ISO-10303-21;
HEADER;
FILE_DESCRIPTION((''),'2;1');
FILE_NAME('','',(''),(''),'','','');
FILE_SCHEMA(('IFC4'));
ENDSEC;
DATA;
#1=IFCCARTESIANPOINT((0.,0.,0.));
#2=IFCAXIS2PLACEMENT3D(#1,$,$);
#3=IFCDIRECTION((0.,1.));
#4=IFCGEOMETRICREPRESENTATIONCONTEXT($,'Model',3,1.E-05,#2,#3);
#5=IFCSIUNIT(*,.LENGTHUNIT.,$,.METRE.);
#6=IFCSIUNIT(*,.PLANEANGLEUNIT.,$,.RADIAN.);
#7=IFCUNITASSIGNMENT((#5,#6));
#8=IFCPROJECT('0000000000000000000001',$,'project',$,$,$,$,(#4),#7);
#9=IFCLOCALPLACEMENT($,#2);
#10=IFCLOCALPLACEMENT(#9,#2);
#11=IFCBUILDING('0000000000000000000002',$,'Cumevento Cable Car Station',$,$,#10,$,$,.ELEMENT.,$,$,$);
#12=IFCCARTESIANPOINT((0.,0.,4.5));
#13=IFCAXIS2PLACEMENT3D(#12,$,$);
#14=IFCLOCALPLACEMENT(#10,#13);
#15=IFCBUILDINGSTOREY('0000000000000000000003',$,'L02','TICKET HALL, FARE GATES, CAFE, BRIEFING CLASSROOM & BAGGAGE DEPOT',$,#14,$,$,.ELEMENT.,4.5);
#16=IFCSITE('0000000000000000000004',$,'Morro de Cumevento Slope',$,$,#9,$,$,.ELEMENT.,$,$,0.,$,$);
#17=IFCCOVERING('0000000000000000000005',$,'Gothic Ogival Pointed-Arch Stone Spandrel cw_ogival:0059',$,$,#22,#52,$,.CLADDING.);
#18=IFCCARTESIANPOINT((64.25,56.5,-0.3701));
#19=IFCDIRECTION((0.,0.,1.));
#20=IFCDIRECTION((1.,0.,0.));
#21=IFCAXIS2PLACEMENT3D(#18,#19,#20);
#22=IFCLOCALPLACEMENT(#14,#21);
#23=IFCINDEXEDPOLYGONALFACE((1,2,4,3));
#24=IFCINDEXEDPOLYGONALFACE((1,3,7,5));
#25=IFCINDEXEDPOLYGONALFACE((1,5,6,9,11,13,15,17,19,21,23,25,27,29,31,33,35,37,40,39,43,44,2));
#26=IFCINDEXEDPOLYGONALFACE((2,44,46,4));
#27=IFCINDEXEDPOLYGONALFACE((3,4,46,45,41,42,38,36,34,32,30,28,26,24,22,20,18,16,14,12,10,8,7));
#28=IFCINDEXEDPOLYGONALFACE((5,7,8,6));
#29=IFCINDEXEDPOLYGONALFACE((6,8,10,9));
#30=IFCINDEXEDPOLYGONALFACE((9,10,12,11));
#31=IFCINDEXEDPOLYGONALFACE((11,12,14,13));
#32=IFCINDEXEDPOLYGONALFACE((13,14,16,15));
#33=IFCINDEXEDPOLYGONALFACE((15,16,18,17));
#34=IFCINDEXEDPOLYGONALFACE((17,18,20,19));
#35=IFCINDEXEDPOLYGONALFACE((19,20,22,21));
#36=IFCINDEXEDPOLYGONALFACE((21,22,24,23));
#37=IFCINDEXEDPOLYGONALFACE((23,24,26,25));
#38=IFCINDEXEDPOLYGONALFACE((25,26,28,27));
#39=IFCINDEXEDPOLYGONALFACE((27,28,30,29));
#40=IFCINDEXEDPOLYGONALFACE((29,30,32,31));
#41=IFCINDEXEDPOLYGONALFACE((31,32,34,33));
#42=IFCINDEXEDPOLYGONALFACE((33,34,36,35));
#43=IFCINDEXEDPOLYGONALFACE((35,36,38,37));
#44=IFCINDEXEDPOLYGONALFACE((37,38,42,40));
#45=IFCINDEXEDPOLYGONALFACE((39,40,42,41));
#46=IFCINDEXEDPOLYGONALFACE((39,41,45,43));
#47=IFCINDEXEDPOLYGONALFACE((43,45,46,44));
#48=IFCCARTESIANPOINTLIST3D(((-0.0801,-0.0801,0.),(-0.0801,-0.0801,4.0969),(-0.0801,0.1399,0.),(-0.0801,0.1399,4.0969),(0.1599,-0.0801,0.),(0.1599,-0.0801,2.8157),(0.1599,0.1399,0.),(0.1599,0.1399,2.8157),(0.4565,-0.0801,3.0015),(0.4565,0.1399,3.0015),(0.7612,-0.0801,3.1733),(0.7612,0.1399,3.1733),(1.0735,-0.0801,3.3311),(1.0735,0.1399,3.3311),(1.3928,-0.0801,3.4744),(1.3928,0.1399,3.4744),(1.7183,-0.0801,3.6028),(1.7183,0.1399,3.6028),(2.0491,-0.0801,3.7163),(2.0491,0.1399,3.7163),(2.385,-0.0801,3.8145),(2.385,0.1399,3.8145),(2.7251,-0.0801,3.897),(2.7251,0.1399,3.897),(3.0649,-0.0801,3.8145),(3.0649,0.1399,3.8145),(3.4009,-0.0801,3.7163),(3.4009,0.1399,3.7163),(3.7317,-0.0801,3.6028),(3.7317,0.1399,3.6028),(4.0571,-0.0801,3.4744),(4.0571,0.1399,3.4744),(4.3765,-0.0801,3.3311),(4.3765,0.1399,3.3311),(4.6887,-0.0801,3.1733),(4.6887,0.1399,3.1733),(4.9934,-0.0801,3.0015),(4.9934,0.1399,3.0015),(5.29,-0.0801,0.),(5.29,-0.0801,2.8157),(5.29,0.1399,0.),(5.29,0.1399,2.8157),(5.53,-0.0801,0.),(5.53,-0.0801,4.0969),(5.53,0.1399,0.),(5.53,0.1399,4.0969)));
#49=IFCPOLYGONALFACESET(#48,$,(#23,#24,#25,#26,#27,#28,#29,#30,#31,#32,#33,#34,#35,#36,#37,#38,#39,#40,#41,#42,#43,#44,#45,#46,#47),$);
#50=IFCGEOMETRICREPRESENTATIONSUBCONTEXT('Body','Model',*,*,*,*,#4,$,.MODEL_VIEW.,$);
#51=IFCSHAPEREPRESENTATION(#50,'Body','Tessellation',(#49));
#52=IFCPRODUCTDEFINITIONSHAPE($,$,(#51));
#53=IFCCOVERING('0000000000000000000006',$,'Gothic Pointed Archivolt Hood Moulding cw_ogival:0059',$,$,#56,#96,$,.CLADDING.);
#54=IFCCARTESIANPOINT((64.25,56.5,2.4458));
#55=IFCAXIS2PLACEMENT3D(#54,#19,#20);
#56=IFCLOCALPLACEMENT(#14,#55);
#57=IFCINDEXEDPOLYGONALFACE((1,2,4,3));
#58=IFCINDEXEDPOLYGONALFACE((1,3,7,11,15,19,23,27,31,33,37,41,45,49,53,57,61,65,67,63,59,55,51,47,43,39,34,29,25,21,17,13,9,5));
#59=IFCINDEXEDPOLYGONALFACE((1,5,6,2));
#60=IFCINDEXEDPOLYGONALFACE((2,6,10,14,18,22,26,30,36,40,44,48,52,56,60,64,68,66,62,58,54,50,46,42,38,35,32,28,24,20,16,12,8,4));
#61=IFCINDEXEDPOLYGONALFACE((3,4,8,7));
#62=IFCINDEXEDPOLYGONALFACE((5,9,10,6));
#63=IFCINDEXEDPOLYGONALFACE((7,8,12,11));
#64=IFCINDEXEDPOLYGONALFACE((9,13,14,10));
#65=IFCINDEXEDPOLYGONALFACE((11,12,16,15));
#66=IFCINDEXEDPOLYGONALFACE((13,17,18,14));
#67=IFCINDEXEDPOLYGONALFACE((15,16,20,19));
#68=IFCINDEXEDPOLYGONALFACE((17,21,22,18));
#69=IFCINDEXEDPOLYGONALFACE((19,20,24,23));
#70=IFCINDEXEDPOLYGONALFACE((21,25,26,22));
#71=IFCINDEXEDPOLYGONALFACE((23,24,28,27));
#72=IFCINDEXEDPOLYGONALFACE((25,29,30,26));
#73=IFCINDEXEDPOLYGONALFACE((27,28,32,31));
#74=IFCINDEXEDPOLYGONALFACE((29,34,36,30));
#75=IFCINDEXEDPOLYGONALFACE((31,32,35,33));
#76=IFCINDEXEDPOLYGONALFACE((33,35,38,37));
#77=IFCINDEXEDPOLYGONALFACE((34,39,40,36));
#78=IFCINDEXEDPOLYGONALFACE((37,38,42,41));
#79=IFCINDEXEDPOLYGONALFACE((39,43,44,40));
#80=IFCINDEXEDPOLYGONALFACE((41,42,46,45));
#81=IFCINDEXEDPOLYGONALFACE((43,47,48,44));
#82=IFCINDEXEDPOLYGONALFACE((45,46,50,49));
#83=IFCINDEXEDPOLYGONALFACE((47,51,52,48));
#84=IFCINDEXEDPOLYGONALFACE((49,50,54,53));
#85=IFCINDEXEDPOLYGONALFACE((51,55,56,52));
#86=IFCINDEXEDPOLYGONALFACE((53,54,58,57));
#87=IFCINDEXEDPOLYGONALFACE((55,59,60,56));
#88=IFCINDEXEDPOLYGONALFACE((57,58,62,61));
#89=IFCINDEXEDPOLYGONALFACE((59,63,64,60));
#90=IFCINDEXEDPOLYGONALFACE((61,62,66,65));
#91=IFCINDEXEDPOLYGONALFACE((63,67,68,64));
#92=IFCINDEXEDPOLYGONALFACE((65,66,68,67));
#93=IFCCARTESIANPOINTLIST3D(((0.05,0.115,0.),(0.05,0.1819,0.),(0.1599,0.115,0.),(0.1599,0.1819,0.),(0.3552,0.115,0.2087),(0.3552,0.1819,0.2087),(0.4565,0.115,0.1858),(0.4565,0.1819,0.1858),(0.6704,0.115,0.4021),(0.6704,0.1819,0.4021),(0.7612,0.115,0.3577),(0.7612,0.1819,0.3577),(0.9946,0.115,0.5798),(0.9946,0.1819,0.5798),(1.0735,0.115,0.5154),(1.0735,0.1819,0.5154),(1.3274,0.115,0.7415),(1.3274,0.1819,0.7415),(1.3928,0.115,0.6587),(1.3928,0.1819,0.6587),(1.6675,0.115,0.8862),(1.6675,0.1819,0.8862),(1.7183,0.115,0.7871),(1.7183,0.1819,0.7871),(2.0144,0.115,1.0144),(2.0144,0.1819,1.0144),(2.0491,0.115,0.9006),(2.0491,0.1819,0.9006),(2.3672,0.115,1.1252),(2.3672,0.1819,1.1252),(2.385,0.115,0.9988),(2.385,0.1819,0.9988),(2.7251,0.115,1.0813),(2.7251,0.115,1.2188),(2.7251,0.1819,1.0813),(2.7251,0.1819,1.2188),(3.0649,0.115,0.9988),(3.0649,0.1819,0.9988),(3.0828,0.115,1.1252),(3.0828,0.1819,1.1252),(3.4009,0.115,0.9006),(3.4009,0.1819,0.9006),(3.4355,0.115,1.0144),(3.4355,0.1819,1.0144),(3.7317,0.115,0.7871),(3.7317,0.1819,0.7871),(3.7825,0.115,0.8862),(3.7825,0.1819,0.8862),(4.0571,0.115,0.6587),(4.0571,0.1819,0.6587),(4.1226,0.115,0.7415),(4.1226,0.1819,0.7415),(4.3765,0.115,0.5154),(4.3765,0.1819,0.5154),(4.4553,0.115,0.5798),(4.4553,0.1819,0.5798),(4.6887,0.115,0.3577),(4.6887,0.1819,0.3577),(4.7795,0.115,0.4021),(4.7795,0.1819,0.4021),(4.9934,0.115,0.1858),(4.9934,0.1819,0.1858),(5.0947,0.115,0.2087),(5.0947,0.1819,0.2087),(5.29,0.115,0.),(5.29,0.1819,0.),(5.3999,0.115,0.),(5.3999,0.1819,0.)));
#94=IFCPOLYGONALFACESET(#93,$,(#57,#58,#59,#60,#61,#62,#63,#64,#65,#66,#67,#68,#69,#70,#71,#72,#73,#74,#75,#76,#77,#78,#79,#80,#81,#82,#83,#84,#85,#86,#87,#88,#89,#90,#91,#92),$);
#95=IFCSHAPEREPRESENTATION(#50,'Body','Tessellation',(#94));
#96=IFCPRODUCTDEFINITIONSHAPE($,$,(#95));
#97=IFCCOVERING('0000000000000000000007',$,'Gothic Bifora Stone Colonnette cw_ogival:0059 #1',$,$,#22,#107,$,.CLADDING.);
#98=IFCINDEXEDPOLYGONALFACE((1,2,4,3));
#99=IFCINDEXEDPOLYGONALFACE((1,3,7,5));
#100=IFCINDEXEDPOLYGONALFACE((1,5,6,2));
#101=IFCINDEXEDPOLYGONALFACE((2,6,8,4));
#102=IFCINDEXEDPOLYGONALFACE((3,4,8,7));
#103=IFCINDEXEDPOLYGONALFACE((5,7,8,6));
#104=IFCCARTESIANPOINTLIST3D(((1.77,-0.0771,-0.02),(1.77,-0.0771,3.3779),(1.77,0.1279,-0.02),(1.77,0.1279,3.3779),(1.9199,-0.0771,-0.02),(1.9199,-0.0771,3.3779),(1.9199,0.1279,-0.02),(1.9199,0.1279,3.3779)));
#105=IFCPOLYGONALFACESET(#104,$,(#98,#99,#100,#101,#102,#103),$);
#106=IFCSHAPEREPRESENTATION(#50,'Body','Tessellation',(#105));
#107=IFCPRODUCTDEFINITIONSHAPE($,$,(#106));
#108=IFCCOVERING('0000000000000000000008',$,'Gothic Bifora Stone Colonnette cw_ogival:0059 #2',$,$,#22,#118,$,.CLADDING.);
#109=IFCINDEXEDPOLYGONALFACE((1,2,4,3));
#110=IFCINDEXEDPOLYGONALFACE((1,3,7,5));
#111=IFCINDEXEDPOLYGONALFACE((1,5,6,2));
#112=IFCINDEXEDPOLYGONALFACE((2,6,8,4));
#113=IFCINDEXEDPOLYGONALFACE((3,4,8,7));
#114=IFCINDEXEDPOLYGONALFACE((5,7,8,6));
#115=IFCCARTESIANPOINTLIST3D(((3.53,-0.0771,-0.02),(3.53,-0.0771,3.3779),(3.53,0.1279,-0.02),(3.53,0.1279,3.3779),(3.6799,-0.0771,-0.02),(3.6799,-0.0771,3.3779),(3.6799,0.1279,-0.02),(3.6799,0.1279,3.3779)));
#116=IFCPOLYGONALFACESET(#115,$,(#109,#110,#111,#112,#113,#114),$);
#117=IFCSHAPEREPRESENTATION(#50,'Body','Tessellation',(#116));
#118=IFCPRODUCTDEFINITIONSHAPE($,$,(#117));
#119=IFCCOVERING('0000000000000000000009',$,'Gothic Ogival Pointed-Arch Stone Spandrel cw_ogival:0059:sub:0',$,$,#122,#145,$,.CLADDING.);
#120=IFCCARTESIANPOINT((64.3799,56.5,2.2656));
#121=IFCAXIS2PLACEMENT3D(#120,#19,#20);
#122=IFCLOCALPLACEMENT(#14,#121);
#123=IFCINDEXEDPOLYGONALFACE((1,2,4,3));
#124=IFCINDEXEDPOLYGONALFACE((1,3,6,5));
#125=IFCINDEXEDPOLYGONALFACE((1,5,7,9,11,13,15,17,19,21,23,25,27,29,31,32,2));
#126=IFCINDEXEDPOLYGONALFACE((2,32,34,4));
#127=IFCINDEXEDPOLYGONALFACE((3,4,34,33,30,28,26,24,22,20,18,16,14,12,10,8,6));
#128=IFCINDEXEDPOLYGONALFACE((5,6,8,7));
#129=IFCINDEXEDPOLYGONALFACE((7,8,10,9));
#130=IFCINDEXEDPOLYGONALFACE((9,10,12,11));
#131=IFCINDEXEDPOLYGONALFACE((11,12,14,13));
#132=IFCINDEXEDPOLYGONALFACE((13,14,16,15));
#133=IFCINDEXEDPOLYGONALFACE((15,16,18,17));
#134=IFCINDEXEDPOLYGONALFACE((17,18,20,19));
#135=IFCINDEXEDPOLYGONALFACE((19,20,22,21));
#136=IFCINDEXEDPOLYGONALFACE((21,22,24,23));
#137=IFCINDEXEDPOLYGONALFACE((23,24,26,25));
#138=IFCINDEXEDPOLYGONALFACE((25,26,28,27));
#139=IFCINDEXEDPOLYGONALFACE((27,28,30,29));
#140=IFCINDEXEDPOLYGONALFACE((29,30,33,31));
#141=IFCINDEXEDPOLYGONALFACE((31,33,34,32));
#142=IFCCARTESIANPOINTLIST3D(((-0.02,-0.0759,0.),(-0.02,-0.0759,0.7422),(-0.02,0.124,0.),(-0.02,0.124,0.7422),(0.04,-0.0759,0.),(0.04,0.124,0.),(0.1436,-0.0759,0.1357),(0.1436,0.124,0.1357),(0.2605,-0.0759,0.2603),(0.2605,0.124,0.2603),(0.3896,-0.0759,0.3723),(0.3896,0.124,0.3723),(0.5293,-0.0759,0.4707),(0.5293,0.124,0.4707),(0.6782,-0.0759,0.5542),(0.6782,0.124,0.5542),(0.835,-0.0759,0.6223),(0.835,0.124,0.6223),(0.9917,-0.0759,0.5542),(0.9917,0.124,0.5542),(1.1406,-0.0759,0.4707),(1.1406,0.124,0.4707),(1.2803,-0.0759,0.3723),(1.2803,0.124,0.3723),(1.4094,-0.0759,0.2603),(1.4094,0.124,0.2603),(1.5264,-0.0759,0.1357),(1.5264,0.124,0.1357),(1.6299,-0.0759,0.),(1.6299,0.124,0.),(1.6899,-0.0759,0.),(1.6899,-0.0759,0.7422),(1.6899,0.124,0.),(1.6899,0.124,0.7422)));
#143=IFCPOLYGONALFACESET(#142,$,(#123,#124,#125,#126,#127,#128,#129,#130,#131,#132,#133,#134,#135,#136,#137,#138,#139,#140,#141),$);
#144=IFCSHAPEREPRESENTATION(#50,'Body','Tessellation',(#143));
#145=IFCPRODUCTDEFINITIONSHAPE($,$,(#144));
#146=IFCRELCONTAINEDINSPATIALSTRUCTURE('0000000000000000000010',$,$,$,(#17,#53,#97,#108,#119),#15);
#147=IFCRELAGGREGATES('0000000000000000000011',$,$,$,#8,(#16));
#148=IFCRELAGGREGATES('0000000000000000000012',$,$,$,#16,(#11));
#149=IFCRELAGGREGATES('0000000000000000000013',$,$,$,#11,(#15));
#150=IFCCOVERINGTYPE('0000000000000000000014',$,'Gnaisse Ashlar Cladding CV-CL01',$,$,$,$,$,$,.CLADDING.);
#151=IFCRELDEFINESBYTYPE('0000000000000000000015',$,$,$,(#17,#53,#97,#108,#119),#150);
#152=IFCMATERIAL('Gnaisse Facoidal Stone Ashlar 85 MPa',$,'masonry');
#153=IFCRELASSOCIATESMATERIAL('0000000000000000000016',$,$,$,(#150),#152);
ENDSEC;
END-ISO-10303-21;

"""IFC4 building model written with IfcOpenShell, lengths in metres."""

from ifc_helpers import new_model, si_unit, direction, frame, origin, place, context, subcontext, project, spatial, polyline, outline, extrude, material, type_object, element, save


model = new_model("IFC4")

# Units and contexts
model_context = context("Model", 3, precision=1e-05, world=origin(), true_north=direction((0.0, 1.0)))
body_context = subcontext(model_context, "Body", "Model", "MODEL_VIEW")
ifc_project = project(units=[si_unit("LENGTHUNIT", "METRE"), si_unit("PLANEANGLEUNIT", "RADIAN")], contexts=[model_context])

# Site, building, storey
site_placement = place(None, origin())
site = spatial("IfcSite", under=ifc_project, at=site_placement, Name="Morro de Cumevento Slope", CompositionType="ELEMENT", RefElevation=0.0)
building_placement = place(site_placement, origin())
building = spatial("IfcBuilding", under=site, at=building_placement, Name="Cumevento Cable Car Station", CompositionType="ELEMENT")
storey_placement = place(building_placement, frame((0.0, 0.0, 4.5)))
storey = spatial("IfcBuildingStorey", under=building, at=storey_placement, Name="L02", Description="TICKET HALL, FARE GATES, CAFE, BRIEFING CLASSROOM & BAGGAGE DEPOT", CompositionType="ELEMENT", Elevation=4.5)

# Coverings
ifc_material_1 = material(Name="Gnaisse Facoidal Stone Ashlar 85 MPa", Category="masonry")
covering_type = type_object("IfcCoveringType", Name="Gnaisse Ashlar Cladding CV-CL01", PredefinedType="CLADDING", material=ifc_material_1)
placement = place(storey_placement, frame((64.25, 56.5, -0.3701), z_axis=(0.0, 0.0, 1.0), x_axis=(1.0, 0.0, 0.0)))
element("IfcCovering", 1, at=placement, inside=storey, type_object=covering_type, Name="Gothic Ogival Pointed-Arch Stone Spandrel cw_ogival:0059", PredefinedType="CLADDING", context=body_context, shape_type="SweptSolid", body=[
    extrude(outline(polyline([(-0.0801, 0.0), (-0.0801, 4.0969), (5.53, 4.0969), (5.53, 0.0), (5.29, 0.0), (5.29, 2.8157), (4.9934, 3.0015), (4.6887, 3.1733), (4.3765, 3.3311), (4.0571, 3.4744), (3.7317, 3.6028), (3.4009, 3.7163), (3.0649, 3.8145), (2.7251, 3.897), (2.385, 3.8145), (2.0491, 3.7163), (1.7183, 3.6028), (1.3928, 3.4744), (1.0735, 3.3311), (0.7612, 3.1733), (0.4565, 3.0015), (0.1599, 2.8157), (0.1599, 0.0), (-0.0801, 0.0)])), frame((0.0, 0.1399, 0.0), z_axis=(0.0, -1.0, 0.0), x_axis=(1.0, 0.0, 0.0)), (0.0, 0.0, 1.0), 0.22),
])
covering_1_placement = place(storey_placement, frame((64.25, 56.5, 2.4458), z_axis=(0.0, 0.0, 1.0), x_axis=(1.0, 0.0, 0.0)))
element("IfcCovering", 2, at=covering_1_placement, inside=storey, type_object=covering_type, Name="Gothic Pointed Archivolt Hood Moulding cw_ogival:0059", PredefinedType="CLADDING", context=body_context, shape_type="SweptSolid", body=[
    extrude(outline(polyline([(0.1599, 0.0), (0.4565, 0.1858), (0.7612, 0.3577), (1.0735, 0.5154), (1.3928, 0.6587), (1.7183, 0.7871), (2.0491, 0.9006), (2.385, 0.9988), (2.7251, 1.0813), (3.0649, 0.9988), (3.4009, 0.9006), (3.7317, 0.7871), (4.0571, 0.6587), (4.3765, 0.5154), (4.6887, 0.3577), (4.9934, 0.1858), (5.29, 0.0), (5.3999, 0.0), (5.0947, 0.2087), (4.7795, 0.4021), (4.4553, 0.5798), (4.1226, 0.7415), (3.7825, 0.8862), (3.4355, 1.0144), (3.0828, 1.1252), (2.7251, 1.2188), (2.3672, 1.1252), (2.0144, 1.0144), (1.6675, 0.8862), (1.3274, 0.7415), (0.9946, 0.5798), (0.6704, 0.4021), (0.3552, 0.2087), (0.05, 0.0), (0.1599, 0.0)])), frame((0.0, 0.1819, 0.0), z_axis=(0.0, -1.0, 0.0), x_axis=(1.0, 0.0, 0.0)), (0.0, 0.0, 1.0), 0.0669),
])
element("IfcCovering", 3, at=placement, inside=storey, type_object=covering_type, Name="Gothic Bifora Stone Colonnette cw_ogival:0059 #1", PredefinedType="CLADDING", context=body_context, shape_type="SweptSolid", body=[
    extrude(outline(polyline([(1.77, -0.02), (1.9199, -0.02), (1.9199, 3.3779), (1.77, 3.3779), (1.77, -0.02)])), frame((0.0, 0.1279, 0.0), z_axis=(0.0, -1.0, 0.0), x_axis=(1.0, 0.0, 0.0)), (0.0, 0.0, 1.0), 0.2051),
])
element("IfcCovering", 4, at=placement, inside=storey, type_object=covering_type, Name="Gothic Bifora Stone Colonnette cw_ogival:0059 #2", PredefinedType="CLADDING", context=body_context, shape_type="SweptSolid", body=[
    extrude(outline(polyline([(3.53, -0.02), (3.6799, -0.02), (3.6799, 3.3779), (3.53, 3.3779), (3.53, -0.02)])), frame((0.0, 0.1279, 0.0), z_axis=(0.0, -1.0, 0.0), x_axis=(1.0, 0.0, 0.0)), (0.0, 0.0, 1.0), 0.2051),
])
covering_2_placement = place(storey_placement, frame((64.3799, 56.5, 2.2656), z_axis=(0.0, 0.0, 1.0), x_axis=(1.0, 0.0, 0.0)))
element("IfcCovering", 5, at=covering_2_placement, inside=storey, type_object=covering_type, Name="Gothic Ogival Pointed-Arch Stone Spandrel cw_ogival:0059:sub:0", PredefinedType="CLADDING", context=body_context, shape_type="SweptSolid", body=[
    extrude(outline(polyline([(-0.02, 0.0), (-0.02, 0.7422), (1.6899, 0.7422), (1.6899, 0.0), (1.6299, 0.0), (1.5264, 0.1357), (1.4094, 0.2603), (1.2803, 0.3723), (1.1406, 0.4707), (0.9917, 0.5542), (0.835, 0.6223), (0.6782, 0.5542), (0.5293, 0.4707), (0.3896, 0.3723), (0.2605, 0.2603), (0.1436, 0.1357), (0.04, 0.0), (-0.02, 0.0)])), frame((0.0, 0.124, 0.0), z_axis=(0.0, -1.0, 0.0), x_axis=(1.0, 0.0, 0.0)), (0.0, 0.0, 1.0), 0.2),
])

save(model, "model.ifc")
